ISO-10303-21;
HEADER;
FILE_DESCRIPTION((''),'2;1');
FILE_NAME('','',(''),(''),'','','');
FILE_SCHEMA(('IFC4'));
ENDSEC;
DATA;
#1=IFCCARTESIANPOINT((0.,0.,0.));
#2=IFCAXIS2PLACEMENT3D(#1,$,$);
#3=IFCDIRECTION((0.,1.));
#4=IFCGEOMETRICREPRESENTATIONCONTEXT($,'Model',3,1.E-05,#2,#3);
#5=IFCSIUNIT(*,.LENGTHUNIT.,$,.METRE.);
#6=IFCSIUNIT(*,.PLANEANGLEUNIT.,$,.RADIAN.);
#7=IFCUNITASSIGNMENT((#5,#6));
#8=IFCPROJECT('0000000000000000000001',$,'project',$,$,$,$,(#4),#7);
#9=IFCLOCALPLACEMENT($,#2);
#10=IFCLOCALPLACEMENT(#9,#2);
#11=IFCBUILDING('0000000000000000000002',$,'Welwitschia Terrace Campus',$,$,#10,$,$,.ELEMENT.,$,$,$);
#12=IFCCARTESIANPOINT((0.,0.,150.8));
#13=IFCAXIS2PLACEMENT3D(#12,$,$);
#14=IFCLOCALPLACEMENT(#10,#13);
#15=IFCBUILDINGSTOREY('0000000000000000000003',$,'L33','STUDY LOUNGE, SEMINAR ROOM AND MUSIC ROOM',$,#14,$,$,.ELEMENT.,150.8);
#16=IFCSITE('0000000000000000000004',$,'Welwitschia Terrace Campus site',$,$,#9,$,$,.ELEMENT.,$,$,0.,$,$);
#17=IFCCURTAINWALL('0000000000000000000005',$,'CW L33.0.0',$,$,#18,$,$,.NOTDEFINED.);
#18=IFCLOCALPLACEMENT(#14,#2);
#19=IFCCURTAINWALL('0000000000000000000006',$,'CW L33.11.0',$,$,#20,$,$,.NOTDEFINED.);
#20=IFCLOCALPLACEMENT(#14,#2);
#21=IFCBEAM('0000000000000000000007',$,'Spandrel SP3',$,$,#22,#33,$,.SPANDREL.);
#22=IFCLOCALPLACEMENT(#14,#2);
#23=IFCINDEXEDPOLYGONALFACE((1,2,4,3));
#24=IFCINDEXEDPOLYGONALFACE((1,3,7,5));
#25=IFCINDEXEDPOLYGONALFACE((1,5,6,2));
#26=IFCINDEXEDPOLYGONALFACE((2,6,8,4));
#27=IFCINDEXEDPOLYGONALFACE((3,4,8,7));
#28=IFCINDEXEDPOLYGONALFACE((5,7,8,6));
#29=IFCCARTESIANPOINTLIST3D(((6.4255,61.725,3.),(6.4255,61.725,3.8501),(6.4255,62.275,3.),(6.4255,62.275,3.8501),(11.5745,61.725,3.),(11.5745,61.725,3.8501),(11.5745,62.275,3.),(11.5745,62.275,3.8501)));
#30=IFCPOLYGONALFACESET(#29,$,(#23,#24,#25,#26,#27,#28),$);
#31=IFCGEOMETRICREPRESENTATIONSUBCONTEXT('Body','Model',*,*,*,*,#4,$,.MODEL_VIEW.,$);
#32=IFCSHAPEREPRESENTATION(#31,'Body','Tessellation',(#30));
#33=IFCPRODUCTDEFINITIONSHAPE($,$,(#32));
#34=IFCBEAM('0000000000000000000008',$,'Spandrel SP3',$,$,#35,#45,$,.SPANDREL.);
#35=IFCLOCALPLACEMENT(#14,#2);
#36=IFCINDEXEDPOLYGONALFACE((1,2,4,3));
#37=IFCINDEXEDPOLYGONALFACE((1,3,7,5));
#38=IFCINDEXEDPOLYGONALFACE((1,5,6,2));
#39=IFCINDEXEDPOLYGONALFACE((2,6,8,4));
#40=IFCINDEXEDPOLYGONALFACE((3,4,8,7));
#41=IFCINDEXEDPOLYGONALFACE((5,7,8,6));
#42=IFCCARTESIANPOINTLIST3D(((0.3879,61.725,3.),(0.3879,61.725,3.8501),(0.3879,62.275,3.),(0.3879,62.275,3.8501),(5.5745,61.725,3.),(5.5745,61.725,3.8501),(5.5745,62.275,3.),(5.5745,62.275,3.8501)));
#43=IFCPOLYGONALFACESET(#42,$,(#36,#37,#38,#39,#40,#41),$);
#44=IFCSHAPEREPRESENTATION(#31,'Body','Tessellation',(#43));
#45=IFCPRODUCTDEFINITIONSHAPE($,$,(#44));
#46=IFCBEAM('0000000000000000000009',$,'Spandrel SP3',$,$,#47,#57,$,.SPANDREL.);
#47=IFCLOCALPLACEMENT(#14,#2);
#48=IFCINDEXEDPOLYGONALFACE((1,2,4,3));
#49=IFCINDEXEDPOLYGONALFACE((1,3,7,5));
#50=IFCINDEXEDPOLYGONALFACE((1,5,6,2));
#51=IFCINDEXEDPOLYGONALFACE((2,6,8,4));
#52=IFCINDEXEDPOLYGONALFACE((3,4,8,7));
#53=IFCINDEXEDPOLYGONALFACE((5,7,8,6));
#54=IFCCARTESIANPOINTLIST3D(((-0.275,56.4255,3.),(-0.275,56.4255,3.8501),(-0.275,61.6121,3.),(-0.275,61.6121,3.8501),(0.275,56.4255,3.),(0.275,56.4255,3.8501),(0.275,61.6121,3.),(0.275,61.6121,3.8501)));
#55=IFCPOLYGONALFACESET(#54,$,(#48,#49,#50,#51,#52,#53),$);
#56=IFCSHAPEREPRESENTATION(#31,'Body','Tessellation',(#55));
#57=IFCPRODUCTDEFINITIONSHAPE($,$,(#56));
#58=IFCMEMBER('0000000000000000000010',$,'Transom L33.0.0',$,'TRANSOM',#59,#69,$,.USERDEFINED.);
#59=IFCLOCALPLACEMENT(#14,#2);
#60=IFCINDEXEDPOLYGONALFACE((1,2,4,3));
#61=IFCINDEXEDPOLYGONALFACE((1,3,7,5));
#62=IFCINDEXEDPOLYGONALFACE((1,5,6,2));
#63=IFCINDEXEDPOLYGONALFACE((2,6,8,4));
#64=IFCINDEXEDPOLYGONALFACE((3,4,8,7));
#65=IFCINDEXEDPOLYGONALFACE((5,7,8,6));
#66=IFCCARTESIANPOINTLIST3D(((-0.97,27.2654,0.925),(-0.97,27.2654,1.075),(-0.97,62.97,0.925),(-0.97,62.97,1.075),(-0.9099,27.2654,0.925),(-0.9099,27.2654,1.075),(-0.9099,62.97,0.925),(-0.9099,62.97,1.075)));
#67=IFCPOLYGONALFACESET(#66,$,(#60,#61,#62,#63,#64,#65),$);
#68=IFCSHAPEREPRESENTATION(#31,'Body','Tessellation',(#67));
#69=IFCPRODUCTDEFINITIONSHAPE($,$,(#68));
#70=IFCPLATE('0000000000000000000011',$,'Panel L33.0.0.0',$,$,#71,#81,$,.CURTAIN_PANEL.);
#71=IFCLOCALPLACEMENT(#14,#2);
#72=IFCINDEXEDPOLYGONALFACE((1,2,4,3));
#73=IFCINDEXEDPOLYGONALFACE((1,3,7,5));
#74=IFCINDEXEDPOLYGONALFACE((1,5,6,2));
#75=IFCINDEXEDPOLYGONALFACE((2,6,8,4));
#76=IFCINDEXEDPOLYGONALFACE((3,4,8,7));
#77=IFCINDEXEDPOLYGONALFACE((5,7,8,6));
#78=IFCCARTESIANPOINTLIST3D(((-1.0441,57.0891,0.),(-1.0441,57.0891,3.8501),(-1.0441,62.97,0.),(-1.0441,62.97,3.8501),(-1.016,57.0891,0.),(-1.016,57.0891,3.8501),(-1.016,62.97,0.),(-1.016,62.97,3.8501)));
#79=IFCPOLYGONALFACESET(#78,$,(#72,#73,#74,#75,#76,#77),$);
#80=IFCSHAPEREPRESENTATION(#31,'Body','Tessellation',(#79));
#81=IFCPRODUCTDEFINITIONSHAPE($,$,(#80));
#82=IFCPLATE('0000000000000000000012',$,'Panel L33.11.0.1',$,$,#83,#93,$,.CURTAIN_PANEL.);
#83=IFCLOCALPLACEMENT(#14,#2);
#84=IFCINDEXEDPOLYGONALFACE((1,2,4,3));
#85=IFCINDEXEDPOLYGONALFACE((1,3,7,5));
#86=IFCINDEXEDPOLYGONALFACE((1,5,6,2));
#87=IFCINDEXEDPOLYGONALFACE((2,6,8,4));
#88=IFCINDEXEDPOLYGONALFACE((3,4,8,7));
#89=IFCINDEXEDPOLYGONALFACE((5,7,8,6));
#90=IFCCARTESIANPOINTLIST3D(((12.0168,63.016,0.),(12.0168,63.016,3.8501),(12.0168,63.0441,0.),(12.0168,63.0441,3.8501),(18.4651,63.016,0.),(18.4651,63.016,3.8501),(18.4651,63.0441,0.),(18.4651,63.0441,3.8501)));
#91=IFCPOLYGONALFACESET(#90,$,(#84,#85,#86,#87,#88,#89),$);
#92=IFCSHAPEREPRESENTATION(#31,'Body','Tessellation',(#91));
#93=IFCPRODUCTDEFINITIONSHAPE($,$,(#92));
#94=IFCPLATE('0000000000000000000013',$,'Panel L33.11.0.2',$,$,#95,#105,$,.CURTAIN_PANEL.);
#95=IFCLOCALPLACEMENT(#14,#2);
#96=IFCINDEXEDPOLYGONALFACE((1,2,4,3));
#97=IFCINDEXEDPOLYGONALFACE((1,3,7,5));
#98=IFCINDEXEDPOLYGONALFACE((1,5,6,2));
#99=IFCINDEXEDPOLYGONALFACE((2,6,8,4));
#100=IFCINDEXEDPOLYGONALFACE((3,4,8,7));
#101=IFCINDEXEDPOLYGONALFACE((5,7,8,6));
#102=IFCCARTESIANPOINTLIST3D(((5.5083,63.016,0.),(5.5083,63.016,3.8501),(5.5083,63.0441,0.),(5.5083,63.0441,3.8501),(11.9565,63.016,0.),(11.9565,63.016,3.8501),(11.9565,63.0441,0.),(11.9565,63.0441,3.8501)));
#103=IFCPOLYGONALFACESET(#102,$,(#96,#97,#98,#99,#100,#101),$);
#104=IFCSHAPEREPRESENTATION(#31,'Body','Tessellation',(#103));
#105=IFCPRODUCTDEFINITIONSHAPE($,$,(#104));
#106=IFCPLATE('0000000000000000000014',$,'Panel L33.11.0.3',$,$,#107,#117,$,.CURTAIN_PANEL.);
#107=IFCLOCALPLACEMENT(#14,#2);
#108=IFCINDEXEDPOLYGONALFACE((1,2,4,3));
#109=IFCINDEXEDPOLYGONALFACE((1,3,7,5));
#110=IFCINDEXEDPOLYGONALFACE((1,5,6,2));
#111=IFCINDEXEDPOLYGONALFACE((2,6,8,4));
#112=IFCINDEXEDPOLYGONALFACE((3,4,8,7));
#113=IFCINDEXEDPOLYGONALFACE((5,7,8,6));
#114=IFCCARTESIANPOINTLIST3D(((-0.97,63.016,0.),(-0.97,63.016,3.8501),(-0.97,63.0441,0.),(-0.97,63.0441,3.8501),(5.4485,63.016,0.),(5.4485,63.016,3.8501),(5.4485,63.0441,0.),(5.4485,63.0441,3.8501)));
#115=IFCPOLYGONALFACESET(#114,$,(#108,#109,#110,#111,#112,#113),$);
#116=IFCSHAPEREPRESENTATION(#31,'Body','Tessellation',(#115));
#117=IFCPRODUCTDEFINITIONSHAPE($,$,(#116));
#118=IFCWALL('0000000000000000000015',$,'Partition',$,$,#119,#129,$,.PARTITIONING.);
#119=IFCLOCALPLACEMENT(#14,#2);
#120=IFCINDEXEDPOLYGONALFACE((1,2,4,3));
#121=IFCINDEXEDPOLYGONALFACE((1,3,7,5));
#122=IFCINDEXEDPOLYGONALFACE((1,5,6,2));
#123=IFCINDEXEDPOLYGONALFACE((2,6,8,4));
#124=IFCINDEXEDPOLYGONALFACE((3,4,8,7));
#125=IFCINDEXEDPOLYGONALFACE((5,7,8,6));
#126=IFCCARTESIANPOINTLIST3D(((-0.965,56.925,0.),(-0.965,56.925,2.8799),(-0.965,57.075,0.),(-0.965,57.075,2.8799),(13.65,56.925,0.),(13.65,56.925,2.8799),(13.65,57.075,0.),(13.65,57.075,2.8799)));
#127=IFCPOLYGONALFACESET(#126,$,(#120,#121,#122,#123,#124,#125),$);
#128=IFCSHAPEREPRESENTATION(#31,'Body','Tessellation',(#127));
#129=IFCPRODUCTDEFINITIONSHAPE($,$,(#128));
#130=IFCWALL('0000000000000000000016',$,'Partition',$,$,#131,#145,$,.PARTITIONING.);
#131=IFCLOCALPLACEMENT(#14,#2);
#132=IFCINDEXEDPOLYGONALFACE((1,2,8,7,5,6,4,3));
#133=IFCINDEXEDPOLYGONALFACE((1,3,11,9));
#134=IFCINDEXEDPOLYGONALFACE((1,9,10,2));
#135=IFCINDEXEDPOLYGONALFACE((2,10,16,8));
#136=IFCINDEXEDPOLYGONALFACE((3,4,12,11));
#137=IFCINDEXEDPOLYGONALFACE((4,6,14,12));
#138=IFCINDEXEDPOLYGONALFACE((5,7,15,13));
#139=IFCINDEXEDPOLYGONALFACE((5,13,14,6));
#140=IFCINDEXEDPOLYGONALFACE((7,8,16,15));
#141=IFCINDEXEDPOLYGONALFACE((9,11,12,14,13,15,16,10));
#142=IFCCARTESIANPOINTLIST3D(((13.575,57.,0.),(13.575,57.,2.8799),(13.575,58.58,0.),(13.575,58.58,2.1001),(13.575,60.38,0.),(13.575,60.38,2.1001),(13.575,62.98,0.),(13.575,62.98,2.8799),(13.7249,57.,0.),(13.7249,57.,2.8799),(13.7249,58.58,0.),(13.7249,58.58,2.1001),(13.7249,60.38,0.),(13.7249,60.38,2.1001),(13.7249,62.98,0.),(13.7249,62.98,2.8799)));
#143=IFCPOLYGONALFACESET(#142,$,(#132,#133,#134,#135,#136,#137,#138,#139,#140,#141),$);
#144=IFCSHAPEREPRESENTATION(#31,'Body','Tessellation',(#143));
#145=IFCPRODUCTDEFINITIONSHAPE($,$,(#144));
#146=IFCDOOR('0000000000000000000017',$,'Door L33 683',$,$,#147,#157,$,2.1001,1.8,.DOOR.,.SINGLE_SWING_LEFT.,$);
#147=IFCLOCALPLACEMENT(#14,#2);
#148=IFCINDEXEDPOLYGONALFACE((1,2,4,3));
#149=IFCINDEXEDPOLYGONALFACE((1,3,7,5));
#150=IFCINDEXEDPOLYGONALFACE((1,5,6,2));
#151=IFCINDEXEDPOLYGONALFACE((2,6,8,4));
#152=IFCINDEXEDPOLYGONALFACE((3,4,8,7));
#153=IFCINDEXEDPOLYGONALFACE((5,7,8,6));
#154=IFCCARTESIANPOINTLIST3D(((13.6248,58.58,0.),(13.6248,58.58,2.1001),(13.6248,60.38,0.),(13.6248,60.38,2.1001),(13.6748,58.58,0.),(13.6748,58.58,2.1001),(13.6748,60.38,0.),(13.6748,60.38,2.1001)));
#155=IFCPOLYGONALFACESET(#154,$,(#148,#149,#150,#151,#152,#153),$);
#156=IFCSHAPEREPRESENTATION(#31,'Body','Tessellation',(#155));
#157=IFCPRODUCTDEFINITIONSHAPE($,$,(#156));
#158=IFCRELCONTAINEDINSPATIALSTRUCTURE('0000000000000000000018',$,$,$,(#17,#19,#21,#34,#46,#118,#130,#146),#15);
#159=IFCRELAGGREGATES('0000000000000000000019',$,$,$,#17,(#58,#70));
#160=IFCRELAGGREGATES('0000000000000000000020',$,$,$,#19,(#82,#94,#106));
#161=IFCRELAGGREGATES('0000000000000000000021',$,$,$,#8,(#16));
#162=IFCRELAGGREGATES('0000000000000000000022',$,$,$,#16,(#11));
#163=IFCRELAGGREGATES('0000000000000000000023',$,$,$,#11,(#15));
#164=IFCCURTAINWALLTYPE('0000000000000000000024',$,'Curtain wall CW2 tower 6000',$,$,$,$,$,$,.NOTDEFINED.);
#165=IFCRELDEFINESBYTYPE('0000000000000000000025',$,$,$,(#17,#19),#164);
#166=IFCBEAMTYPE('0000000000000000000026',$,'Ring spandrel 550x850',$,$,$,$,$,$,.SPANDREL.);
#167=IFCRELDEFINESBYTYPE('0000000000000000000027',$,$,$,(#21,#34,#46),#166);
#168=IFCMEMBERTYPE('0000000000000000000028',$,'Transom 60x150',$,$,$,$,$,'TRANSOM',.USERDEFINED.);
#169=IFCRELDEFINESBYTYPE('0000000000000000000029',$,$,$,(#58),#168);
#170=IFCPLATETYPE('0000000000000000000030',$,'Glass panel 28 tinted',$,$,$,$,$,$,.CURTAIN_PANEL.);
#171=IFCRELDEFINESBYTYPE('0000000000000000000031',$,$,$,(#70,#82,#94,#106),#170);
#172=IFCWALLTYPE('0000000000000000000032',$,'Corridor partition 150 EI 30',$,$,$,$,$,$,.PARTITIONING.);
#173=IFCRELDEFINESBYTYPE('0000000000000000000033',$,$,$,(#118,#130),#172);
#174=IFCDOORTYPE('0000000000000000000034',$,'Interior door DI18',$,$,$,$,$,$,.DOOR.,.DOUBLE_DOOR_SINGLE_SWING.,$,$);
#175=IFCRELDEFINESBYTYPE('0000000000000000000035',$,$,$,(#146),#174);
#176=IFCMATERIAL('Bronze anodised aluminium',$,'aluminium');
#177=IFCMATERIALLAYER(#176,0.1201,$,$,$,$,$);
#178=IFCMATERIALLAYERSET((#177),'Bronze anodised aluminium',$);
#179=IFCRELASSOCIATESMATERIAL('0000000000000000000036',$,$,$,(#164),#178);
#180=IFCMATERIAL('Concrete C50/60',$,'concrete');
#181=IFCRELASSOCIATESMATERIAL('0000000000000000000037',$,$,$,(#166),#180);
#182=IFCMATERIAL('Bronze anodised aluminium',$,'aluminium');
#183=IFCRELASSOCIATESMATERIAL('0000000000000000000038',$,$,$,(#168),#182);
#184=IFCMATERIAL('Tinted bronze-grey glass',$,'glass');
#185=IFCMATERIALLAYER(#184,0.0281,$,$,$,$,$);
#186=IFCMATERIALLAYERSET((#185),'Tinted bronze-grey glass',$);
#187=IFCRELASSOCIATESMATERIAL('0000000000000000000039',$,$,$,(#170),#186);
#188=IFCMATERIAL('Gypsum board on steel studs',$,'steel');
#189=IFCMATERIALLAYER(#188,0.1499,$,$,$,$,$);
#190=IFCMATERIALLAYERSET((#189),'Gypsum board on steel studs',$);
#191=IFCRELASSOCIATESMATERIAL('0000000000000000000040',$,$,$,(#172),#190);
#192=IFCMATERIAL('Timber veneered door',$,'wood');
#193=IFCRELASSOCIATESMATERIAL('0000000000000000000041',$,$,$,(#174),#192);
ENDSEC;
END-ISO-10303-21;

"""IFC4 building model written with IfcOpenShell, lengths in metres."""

from ifc_helpers import new_model, si_unit, direction, frame, frame_2d, origin, origin_2d, place, context, subcontext, project, spatial, rectangle, extrude, material, layer, layer_set, material_profile, profile_set, type_object, element, fill, aggregate, save


model = new_model("IFC4")

# Units and contexts
model_context = context("Model", 3, precision=1e-05, world=origin(), true_north=direction((0.0, 1.0)))
body_context = subcontext(model_context, "Body", "Model", "MODEL_VIEW")
ifc_project = project(units=[si_unit("LENGTHUNIT", "METRE"), si_unit("PLANEANGLEUNIT", "RADIAN")], contexts=[model_context])

# Site, building, storey
site_placement = place(None, origin())
site = spatial("IfcSite", under=ifc_project, at=site_placement, Name="Welwitschia Terrace Campus site", CompositionType="ELEMENT", RefElevation=0.0)
building_placement = place(site_placement, origin())
building = spatial("IfcBuilding", under=site, at=building_placement, Name="Welwitschia Terrace Campus", CompositionType="ELEMENT")
storey_placement = place(building_placement, frame((0.0, 0.0, 150.8)))
storey = spatial("IfcBuildingStorey", under=building, at=storey_placement, Name="L33", Description="STUDY LOUNGE, SEMINAR ROOM AND MUSIC ROOM", CompositionType="ELEMENT", Elevation=150.8)

# Curtain walls
ifc_material_1 = material(Name="Bronze anodised aluminium", Category="aluminium")
ifc_layer_1 = layer(ifc_material_1, 0.1201)
ifc_layer_set_1 = layer_set([ifc_layer_1], Name="Bronze anodised aluminium")
curtain_wall_type = type_object("IfcCurtainWallType", Name="Curtain wall CW2 tower 6000", PredefinedType="NOTDEFINED", material=ifc_layer_set_1)
curtain_wall_1_placement = place(storey_placement, origin())
curtain_wall_1 = element("IfcCurtainWall", 1, at=curtain_wall_1_placement, inside=storey, type_object=curtain_wall_type, Name="CW L33.0.0", PredefinedType="NOTDEFINED")
curtain_wall_2_placement = place(storey_placement, origin())
curtain_wall_2 = element("IfcCurtainWall", 2, at=curtain_wall_2_placement, inside=storey, type_object=curtain_wall_type, Name="CW L33.11.0", PredefinedType="NOTDEFINED")

# Beams
ifc_material_2 = material(Name="Concrete C50/60", Category="concrete")
ifc_material_profile_1 = material_profile(ifc_material_2, rectangle(XDim=0.55, YDim=0.8501, at=origin_2d()))
ifc_profile_set_1 = profile_set([ifc_material_profile_1], Name="Concrete C50/60")
beam_type_1 = type_object("IfcBeamType", Name="Ring spandrel 550x850", PredefinedType="SPANDREL", material=ifc_profile_set_1)
beam_1_placement = place(storey_placement, frame((11.5745, 62.0, 3.425), z_axis=(-1.0, 0.0, 0.0), x_axis=(0.0, -1.0, 0.0)))
element("IfcBeam", 3, at=beam_1_placement, inside=storey, type_object=beam_type_1, Name="Spandrel SP3", PredefinedType="SPANDREL", context=body_context, shape_type="SweptSolid", body=[
    extrude(rectangle(XDim=0.55, YDim=0.8501, at=origin_2d()), origin(), (0.0, 0.0, 1.0), 5.1489),
])
for number, where, z_axis, x_axis, name in (
    (4, (5.5745, 62.0, 3.425), (-1.0, 0.0, 0.0), (0.0, -1.0, 0.0), "Spandrel SP3"),
    (5, (0.0, 61.6121, 3.425), (0.0, -1.0, 0.0), (1.0, 0.0, 0.0), "Spandrel SP3"),
):
    element("IfcBeam", number, at=place(storey_placement, frame(where, z_axis=z_axis, x_axis=x_axis)), inside=storey, type_object=beam_type_1, Name=name, PredefinedType="SPANDREL", context=body_context, shape_type="SweptSolid", body=[
        extrude(rectangle(XDim=0.55, YDim=0.8501, at=origin_2d()), origin(), (0.0, 0.0, 1.0), 5.1865),
    ])

# Member
ifc_material_3 = material(Name="Bronze anodised aluminium", Category="aluminium")
ifc_material_profile_2 = material_profile(ifc_material_3, rectangle(XDim=0.0601, YDim=0.1499, at=origin_2d()))
ifc_profile_set_2 = profile_set([ifc_material_profile_2], Name="Bronze anodised aluminium")
member_type_1 = type_object("IfcMemberType", Name="Transom 60x150", ElementType="TRANSOM", PredefinedType="USERDEFINED", material=ifc_profile_set_2)
member_1_placement = place(storey_placement, frame((-0.9399, 62.97, 1.0), z_axis=(0.0, -1.0, 0.0), x_axis=(1.0, 0.0, 0.0)))
member_1 = element("IfcMember", 6, at=member_1_placement, type_object=member_type_1, Name="Transom L33.0.0", ObjectType="TRANSOM", PredefinedType="USERDEFINED", context=body_context, shape_type="SweptSolid", body=[
    extrude(rectangle(XDim=0.0601, YDim=0.1499, at=origin_2d()), origin(), (0.0, 0.0, 1.0), 35.7046),
])

# Plates
ifc_material_4 = material(Name="Tinted bronze-grey glass", Category="glass")
ifc_layer_2 = layer(ifc_material_4, 0.0281)
ifc_layer_set_2 = layer_set([ifc_layer_2], Name="Tinted bronze-grey glass")
plate_type = type_object("IfcPlateType", Name="Glass panel 28 tinted", PredefinedType="CURTAIN_PANEL", material=ifc_layer_set_2)
plate_1_placement = place(storey_placement, frame((-1.03, 60.0295, 0.0), z_axis=(0.0, 0.0, 1.0), x_axis=(0.0, -1.0, 0.0)))
plate_1 = element("IfcPlate", 7, at=plate_1_placement, type_object=plate_type, Name="Panel L33.0.0.0", PredefinedType="CURTAIN_PANEL", context=body_context, shape_type="SweptSolid", body=[
    extrude(rectangle(XDim=5.8809, YDim=0.0281, at=origin_2d()), origin(), (0.0, 0.0, 1.0), 3.8501),
])
aggregate(curtain_wall_1, [member_1, plate_1])
plate_2_placement = place(storey_placement, frame((15.241, 63.03, 0.0), z_axis=(0.0, 0.0, 1.0), x_axis=(-1.0, 0.0, 0.0)))
plate_2 = element("IfcPlate", 8, at=plate_2_placement, type_object=plate_type, Name="Panel L33.11.0.1", PredefinedType="CURTAIN_PANEL", context=body_context, shape_type="SweptSolid", body=[
    extrude(rectangle(XDim=6.4482, YDim=0.0281, at=origin_2d()), origin(), (0.0, 0.0, 1.0), 3.8501),
])
plate_3_placement = place(storey_placement, frame((8.7324, 63.03, 0.0), z_axis=(0.0, 0.0, 1.0), x_axis=(-1.0, 0.0, 0.0)))
plate_3 = element("IfcPlate", 9, at=plate_3_placement, type_object=plate_type, Name="Panel L33.11.0.2", PredefinedType="CURTAIN_PANEL", context=body_context, shape_type="SweptSolid", body=[
    extrude(rectangle(XDim=6.4482, YDim=0.0281, at=origin_2d()), origin(), (0.0, 0.0, 1.0), 3.8501),
])
plate_4_placement = place(storey_placement, frame((2.2393, 63.03, 0.0), z_axis=(0.0, 0.0, 1.0), x_axis=(-1.0, 0.0, 0.0)))
plate_4 = element("IfcPlate", 10, at=plate_4_placement, type_object=plate_type, Name="Panel L33.11.0.3", PredefinedType="CURTAIN_PANEL", context=body_context, shape_type="SweptSolid", body=[
    extrude(rectangle(XDim=6.4185, YDim=0.0281, at=origin_2d()), origin(), (0.0, 0.0, 1.0), 3.8501),
])
aggregate(curtain_wall_2, [plate_2, plate_3, plate_4])

# Wall
ifc_material_5 = material(Name="Gypsum board on steel studs", Category="steel")
ifc_layer_3 = layer(ifc_material_5, 0.1499)
ifc_layer_set_3 = layer_set([ifc_layer_3], Name="Gypsum board on steel studs")
wall_type = type_object("IfcWallType", Name="Corridor partition 150 EI 30", PredefinedType="PARTITIONING", material=ifc_layer_set_3)
wall_1_placement = place(storey_placement, frame((-0.9651, 57.0, 0.0), z_axis=(0.0, 0.0, 1.0), x_axis=(1.0, 0.0, 0.0)))
element("IfcWall", 11, at=wall_1_placement, inside=storey, type_object=wall_type, Name="Partition", PredefinedType="PARTITIONING", context=body_context, shape_type="SweptSolid", body=[
    extrude(rectangle(XDim=14.615, YDim=0.1499, at=frame_2d((7.3076, 0.0))), origin(), (0.0, 0.0, 1.0), 2.8799),
])

# Wall, opening, door
wall_2_placement = place(storey_placement, frame((13.6499, 62.98, 0.0), z_axis=(0.0, 0.0, 1.0), x_axis=(0.0, -1.0, 0.0)))
wall_2 = element("IfcWall", 12, at=wall_2_placement, inside=storey, type_object=wall_type, Name="Partition", PredefinedType="PARTITIONING", context=body_context, shape_type="SweptSolid", body=[
    extrude(rectangle(XDim=5.98, YDim=0.1499, at=frame_2d((2.99, 0.0))), origin(), (0.0, 0.0, 1.0), 2.8799),
])
opening_placement = place(wall_2_placement, frame((2.6001, 0.0, 0.0)))
opening = element("IfcOpeningElement", 13, at=opening_placement, cuts=wall_2, PredefinedType="OPENING", context=body_context, shape_type="SweptSolid", body=[
    extrude(rectangle(XDim=1.8, YDim=2.1001, at=frame_2d((0.8999, 1.05))), frame((0.0, 0.085, 0.0), z_axis=(0.0, -1.0, 0.0), x_axis=(1.0, 0.0, 0.0)), (0.0, 0.0, 1.0), 0.1699),
])
ifc_material_6 = material(Name="Timber veneered door", Category="wood")
door_type = type_object("IfcDoorType", Name="Interior door DI18", OperationType="DOUBLE_DOOR_SINGLE_SWING", PredefinedType="DOOR", material=ifc_material_6)
door_placement = place(opening_placement, origin())
door = element("IfcDoor", 14, at=door_placement, inside=storey, type_object=door_type, Name="Door L33 683", OperationType="SINGLE_SWING_LEFT", OverallHeight=2.1001, OverallWidth=1.8, PredefinedType="DOOR", context=body_context, shape_type="SweptSolid", body=[
    extrude(rectangle(XDim=1.8, YDim=2.1001, at=frame_2d((0.8999, 1.05))), frame((0.0, 0.0249, 0.0), z_axis=(0.0, -1.0, 0.0), x_axis=(1.0, 0.0, 0.0)), (0.0, 0.0, 1.0), 0.05),
])
fill(opening, door)

save(model, "model.ifc")
